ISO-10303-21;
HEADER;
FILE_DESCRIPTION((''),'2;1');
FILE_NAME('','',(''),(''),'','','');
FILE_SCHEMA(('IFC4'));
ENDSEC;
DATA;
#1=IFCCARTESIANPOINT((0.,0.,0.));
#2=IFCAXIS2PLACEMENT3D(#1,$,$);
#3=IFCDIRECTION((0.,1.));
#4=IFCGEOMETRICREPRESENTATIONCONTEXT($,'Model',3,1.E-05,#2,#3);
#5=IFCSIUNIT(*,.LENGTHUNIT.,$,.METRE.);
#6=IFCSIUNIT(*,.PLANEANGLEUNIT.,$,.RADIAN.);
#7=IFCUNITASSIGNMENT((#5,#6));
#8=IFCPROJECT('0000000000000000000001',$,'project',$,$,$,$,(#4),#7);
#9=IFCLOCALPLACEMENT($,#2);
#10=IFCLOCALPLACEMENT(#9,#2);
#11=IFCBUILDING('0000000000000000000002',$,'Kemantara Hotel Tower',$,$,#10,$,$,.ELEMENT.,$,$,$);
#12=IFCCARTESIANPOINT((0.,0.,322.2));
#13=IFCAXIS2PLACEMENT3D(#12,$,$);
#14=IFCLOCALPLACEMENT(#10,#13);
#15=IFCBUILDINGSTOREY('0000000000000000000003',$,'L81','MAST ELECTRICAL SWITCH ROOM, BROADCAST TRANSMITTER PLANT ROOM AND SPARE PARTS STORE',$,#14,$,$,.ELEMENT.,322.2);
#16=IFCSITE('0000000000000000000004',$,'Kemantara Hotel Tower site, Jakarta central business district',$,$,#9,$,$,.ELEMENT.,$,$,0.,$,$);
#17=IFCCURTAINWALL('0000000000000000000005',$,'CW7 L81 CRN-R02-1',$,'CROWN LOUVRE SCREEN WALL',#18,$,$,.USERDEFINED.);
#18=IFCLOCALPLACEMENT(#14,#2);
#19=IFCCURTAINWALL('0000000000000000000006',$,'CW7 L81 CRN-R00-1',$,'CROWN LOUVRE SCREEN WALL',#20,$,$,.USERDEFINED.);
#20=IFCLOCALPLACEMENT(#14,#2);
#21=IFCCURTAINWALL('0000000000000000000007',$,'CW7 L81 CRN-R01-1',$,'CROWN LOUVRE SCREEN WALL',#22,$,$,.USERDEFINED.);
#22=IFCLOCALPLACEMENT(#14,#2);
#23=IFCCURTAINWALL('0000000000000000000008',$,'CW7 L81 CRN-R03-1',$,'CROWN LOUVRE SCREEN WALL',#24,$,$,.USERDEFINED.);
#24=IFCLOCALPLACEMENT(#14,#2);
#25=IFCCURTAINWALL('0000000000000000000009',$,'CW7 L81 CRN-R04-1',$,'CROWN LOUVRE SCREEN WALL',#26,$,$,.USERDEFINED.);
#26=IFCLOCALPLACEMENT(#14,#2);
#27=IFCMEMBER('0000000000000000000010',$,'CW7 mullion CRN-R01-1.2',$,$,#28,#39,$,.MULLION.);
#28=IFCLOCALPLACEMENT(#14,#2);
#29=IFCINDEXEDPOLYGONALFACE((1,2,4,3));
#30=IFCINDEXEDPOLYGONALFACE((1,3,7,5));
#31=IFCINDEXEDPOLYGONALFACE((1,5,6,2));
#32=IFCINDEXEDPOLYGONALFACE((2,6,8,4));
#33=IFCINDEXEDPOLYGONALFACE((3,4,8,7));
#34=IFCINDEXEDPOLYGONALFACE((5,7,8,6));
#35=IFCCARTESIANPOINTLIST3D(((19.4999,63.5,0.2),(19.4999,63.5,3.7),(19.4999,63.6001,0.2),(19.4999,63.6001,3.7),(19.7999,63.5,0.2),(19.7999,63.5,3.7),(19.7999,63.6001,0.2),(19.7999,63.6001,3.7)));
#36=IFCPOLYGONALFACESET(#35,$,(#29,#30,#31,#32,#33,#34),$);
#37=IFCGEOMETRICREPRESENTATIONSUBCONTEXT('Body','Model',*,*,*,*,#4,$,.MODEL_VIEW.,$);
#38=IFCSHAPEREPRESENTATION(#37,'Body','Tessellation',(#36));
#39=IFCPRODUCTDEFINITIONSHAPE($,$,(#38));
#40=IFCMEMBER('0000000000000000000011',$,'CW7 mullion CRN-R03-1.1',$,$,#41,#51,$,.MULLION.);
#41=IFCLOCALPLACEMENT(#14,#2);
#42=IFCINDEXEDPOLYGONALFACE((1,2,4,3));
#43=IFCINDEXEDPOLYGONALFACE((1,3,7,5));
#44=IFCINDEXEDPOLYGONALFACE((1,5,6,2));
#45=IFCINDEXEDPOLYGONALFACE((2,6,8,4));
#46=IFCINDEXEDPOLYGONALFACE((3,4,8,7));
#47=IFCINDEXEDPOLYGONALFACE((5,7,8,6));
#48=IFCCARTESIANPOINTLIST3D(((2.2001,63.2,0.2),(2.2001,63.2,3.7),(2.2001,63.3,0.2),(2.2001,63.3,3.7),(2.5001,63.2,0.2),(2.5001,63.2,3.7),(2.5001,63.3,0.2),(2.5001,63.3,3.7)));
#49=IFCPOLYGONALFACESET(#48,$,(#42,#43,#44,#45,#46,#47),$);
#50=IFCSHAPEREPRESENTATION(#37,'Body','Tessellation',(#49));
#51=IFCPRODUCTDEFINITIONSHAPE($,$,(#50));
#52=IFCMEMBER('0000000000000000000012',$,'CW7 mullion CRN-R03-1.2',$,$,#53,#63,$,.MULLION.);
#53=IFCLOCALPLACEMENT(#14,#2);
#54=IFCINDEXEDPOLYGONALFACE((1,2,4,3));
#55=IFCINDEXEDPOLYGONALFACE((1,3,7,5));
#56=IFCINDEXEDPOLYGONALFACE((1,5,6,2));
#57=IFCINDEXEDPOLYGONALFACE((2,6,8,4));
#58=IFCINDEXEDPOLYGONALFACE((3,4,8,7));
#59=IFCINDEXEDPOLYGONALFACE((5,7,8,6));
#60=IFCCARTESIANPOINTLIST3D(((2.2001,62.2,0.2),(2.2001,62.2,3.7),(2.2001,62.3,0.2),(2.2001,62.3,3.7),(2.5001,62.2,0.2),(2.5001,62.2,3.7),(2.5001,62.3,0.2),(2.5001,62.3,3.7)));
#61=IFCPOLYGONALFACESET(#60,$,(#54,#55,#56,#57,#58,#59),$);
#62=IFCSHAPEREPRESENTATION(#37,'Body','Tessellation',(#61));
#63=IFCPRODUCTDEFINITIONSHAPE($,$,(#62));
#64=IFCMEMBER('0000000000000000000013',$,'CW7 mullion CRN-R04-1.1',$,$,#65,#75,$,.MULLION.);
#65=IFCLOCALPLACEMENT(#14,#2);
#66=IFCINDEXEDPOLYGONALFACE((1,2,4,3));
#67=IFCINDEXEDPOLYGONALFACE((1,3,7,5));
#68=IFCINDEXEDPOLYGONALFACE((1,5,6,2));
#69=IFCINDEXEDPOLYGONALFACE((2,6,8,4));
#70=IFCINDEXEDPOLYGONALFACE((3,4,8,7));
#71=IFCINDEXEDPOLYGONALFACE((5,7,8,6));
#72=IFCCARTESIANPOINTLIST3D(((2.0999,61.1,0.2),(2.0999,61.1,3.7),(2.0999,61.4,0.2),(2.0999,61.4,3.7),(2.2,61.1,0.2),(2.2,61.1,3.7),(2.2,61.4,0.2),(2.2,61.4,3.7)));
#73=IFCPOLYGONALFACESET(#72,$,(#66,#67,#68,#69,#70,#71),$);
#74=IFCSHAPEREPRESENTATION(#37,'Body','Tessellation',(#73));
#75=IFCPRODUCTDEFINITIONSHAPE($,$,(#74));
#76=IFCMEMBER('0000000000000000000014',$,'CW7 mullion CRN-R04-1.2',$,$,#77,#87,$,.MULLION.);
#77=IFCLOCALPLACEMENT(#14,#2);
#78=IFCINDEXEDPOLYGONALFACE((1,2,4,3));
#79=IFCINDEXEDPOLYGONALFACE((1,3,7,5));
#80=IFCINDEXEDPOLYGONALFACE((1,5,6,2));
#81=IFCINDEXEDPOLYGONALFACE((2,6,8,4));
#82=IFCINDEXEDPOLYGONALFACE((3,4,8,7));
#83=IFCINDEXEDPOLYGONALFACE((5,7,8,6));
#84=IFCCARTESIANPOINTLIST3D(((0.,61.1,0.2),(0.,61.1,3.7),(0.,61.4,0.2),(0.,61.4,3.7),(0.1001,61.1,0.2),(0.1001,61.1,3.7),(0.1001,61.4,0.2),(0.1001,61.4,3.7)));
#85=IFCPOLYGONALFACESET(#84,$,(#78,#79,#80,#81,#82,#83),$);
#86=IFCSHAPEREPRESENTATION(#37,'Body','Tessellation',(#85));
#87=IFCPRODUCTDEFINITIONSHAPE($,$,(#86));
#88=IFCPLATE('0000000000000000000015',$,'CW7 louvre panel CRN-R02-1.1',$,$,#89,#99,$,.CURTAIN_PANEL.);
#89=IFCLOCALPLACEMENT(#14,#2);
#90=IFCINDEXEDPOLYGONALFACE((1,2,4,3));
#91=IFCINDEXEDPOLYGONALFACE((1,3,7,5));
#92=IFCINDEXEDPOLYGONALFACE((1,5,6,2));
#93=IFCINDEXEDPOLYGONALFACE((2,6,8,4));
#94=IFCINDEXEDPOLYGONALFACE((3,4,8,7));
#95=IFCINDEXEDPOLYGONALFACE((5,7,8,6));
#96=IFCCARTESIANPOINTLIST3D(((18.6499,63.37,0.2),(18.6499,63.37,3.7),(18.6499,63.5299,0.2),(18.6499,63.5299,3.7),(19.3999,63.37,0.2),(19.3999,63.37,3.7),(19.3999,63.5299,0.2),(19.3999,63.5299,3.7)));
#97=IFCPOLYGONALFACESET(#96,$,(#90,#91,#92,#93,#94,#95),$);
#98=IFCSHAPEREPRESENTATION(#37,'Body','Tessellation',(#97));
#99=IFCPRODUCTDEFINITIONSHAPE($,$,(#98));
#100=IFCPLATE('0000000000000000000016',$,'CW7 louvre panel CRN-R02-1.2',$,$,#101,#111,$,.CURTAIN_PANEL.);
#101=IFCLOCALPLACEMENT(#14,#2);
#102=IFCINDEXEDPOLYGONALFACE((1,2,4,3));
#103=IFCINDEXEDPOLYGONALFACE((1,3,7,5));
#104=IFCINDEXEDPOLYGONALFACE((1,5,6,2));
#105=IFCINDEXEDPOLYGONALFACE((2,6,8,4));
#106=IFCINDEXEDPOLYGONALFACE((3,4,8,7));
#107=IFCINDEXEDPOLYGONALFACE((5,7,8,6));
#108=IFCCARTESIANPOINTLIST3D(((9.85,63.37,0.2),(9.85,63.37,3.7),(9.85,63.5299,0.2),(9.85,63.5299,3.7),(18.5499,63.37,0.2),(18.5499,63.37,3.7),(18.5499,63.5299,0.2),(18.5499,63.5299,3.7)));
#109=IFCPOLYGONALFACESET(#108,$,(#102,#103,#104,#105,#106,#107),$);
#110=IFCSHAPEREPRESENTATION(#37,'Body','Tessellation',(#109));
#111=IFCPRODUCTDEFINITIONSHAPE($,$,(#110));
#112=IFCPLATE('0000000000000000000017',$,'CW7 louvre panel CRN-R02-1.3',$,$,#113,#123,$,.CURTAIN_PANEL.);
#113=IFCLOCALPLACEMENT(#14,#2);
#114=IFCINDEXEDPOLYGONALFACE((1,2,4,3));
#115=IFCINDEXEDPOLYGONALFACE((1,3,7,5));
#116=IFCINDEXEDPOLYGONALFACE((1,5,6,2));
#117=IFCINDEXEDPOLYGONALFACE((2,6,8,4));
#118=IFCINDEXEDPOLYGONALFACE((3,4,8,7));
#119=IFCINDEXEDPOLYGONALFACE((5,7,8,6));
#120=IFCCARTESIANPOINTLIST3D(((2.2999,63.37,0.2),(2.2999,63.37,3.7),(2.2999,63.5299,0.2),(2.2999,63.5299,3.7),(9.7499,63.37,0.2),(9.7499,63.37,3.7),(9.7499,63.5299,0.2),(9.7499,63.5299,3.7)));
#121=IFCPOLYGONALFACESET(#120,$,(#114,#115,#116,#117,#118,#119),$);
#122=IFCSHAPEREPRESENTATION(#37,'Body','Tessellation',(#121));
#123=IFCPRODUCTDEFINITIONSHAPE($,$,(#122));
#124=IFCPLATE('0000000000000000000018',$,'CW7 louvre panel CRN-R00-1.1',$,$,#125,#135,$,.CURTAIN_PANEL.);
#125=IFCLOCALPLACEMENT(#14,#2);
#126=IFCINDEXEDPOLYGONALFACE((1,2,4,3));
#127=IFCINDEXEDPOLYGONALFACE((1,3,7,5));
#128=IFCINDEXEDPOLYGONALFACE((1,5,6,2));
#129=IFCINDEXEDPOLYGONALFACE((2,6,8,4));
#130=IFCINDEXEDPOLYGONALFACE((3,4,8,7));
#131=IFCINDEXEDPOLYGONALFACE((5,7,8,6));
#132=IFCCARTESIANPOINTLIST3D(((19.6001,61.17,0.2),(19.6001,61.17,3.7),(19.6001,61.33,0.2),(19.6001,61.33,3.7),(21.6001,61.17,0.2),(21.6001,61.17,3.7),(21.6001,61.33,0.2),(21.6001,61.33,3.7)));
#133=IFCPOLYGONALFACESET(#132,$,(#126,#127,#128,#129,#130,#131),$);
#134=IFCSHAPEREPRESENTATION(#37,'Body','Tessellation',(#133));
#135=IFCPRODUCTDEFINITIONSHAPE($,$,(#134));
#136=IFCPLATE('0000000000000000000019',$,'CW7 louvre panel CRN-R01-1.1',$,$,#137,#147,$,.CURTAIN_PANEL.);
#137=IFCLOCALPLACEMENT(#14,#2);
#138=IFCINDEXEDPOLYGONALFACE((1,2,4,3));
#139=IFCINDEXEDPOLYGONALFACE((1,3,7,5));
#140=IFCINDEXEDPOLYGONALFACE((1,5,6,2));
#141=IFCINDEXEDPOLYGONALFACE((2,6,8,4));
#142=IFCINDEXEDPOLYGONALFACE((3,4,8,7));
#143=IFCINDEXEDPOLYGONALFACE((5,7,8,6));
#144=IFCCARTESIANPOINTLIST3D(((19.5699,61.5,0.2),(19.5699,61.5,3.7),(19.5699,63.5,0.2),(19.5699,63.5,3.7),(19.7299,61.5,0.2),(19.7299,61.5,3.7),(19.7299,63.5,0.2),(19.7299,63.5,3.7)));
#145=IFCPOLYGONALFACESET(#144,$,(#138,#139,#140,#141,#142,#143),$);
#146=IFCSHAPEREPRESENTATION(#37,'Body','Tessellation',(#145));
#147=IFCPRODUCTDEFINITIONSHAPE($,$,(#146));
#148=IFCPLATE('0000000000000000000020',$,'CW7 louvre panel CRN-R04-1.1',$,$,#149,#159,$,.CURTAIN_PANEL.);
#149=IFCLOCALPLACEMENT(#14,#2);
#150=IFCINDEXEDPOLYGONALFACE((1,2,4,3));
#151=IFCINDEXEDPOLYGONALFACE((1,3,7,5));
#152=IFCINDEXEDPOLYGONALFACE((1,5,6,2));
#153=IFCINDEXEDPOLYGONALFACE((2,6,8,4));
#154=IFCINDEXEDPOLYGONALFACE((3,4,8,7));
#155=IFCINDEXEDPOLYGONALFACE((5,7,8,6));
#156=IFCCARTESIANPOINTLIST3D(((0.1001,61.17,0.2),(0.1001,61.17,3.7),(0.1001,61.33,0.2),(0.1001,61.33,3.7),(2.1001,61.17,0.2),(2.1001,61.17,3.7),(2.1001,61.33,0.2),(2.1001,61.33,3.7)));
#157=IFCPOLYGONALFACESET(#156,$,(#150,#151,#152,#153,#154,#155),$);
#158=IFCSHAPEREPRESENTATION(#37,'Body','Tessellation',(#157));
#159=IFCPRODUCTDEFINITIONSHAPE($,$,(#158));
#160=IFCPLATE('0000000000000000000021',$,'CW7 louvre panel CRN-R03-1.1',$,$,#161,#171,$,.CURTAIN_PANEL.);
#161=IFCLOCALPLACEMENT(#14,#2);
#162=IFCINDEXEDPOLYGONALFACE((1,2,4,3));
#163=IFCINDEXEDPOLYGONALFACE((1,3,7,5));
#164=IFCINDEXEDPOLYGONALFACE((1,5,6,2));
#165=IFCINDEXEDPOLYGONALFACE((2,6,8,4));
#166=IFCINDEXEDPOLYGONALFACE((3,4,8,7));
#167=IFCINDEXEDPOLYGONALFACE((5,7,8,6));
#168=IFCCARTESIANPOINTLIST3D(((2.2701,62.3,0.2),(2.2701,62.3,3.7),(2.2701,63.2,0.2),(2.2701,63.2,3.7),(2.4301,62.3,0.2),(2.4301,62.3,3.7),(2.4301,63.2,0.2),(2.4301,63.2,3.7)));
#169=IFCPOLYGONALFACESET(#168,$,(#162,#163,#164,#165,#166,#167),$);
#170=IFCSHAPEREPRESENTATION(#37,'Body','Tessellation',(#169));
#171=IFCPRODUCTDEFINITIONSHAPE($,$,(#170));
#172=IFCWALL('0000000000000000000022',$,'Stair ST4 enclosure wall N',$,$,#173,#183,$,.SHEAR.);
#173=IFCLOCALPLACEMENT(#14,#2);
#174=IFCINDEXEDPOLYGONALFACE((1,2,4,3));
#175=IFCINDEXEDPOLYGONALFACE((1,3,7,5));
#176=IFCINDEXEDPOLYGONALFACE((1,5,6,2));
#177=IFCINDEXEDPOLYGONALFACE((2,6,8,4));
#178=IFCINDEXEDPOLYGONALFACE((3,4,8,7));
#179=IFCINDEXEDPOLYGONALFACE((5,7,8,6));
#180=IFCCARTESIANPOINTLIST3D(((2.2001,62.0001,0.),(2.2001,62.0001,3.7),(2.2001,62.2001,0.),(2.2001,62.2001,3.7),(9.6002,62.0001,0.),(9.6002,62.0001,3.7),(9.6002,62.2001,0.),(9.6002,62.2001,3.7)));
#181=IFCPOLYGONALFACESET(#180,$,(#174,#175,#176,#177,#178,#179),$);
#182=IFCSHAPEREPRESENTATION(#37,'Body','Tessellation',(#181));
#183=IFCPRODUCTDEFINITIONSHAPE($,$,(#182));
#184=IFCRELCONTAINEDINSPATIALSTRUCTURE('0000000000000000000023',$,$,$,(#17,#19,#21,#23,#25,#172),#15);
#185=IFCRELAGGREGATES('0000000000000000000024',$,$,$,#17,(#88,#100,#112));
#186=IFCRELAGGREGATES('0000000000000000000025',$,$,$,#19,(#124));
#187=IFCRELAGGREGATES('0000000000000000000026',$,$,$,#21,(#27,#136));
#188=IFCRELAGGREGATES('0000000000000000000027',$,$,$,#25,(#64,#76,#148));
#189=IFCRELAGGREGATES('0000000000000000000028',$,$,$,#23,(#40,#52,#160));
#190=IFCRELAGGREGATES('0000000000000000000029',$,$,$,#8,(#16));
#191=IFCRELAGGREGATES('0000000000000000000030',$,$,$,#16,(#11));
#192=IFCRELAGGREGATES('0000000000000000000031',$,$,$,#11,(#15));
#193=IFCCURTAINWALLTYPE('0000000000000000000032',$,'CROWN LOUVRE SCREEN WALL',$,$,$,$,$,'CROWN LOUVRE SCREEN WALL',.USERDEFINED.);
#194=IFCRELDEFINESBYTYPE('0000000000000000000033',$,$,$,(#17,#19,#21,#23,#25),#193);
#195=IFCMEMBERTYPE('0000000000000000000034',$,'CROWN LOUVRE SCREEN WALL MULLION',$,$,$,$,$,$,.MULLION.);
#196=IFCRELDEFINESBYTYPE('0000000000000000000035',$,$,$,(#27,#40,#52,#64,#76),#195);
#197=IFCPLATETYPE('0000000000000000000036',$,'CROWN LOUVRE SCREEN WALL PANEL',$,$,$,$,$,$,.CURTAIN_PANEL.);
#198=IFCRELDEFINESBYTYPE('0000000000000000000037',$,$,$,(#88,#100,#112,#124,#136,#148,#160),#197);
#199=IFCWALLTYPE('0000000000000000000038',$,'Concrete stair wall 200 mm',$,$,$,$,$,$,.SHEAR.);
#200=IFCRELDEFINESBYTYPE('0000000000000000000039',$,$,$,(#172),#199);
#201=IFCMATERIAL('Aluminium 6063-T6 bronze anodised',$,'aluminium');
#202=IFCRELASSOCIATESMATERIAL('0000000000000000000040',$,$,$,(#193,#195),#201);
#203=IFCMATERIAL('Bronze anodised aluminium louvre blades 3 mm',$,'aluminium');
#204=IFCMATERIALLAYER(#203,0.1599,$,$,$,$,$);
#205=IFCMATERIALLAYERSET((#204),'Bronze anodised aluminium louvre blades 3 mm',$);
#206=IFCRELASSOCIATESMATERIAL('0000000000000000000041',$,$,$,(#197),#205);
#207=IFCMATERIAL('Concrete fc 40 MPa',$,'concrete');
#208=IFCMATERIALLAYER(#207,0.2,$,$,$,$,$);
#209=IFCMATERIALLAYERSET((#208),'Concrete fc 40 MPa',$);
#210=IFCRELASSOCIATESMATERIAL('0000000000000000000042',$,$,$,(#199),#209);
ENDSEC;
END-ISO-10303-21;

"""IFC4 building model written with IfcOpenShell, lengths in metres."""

from ifc_helpers import new_model, si_unit, direction, frame, frame_2d, origin, origin_2d, place, context, subcontext, project, spatial, rectangle, extrude, source, transform, mapped, material, layer, layer_set, material_profile, profile_set, type_object, element, aggregate, save


model = new_model("IFC4")

# Units and contexts
model_context = context("Model", 3, precision=1e-05, world=origin(), true_north=direction((0.0, 1.0)))
body_context = subcontext(model_context, "Body", "Model", "MODEL_VIEW")
ifc_project = project(units=[si_unit("LENGTHUNIT", "METRE"), si_unit("PLANEANGLEUNIT", "RADIAN")], contexts=[model_context])

# Site, building, storey
site_placement = place(None, origin())
site = spatial("IfcSite", under=ifc_project, at=site_placement, Name="Kemantara Hotel Tower site, Jakarta central business district", CompositionType="ELEMENT", RefElevation=0.0)
building_placement = place(site_placement, origin())
building = spatial("IfcBuilding", under=site, at=building_placement, Name="Kemantara Hotel Tower", CompositionType="ELEMENT")
storey_placement = place(building_placement, frame((0.0, 0.0, 322.2)))
storey = spatial("IfcBuildingStorey", under=building, at=storey_placement, Name="L81", Description="MAST ELECTRICAL SWITCH ROOM, BROADCAST TRANSMITTER PLANT ROOM AND SPARE PARTS STORE", CompositionType="ELEMENT", Elevation=322.2)

# Curtain walls
ifc_material_1 = material(Name="Aluminium 6063-T6 bronze anodised", Category="aluminium")
curtain_wall_type = type_object("IfcCurtainWallType", Name="CROWN LOUVRE SCREEN WALL", ElementType="CROWN LOUVRE SCREEN WALL", PredefinedType="USERDEFINED", material=ifc_material_1)
curtain_wall_1_placement = place(storey_placement, origin())
curtain_wall_1 = element("IfcCurtainWall", 1, at=curtain_wall_1_placement, inside=storey, type_object=curtain_wall_type, Name="CW7 L81 CRN-R02-1", ObjectType="CROWN LOUVRE SCREEN WALL", PredefinedType="USERDEFINED")
curtain_wall_2_placement = place(storey_placement, origin())
curtain_wall_2 = element("IfcCurtainWall", 2, at=curtain_wall_2_placement, inside=storey, type_object=curtain_wall_type, Name="CW7 L81 CRN-R00-1", ObjectType="CROWN LOUVRE SCREEN WALL", PredefinedType="USERDEFINED")
curtain_wall_3_placement = place(storey_placement, origin())
curtain_wall_3 = element("IfcCurtainWall", 3, at=curtain_wall_3_placement, inside=storey, type_object=curtain_wall_type, Name="CW7 L81 CRN-R01-1", ObjectType="CROWN LOUVRE SCREEN WALL", PredefinedType="USERDEFINED")
curtain_wall_4_placement = place(storey_placement, origin())
curtain_wall_4 = element("IfcCurtainWall", 4, at=curtain_wall_4_placement, inside=storey, type_object=curtain_wall_type, Name="CW7 L81 CRN-R03-1", ObjectType="CROWN LOUVRE SCREEN WALL", PredefinedType="USERDEFINED")
curtain_wall_5_placement = place(storey_placement, origin())
curtain_wall_5 = element("IfcCurtainWall", 5, at=curtain_wall_5_placement, inside=storey, type_object=curtain_wall_type, Name="CW7 L81 CRN-R04-1", ObjectType="CROWN LOUVRE SCREEN WALL", PredefinedType="USERDEFINED")

# Shared definitions
ifc_material_profile_1 = material_profile(ifc_material_1, rectangle(XDim=0.3, YDim=0.1001, at=origin_2d()), Name="CROWN LOUVRE SCREEN WALL MULLION")
ifc_profile_set_1 = profile_set([ifc_material_profile_1], Name="Aluminium 6063-T6 bronze anodised")
member_type_1 = type_object("IfcMemberType", Name="CROWN LOUVRE SCREEN WALL MULLION", PredefinedType="MULLION", material=ifc_profile_set_1)
shared_shape_1 = source(origin(), body_context, "Body", "SweptSolid", [
    extrude(rectangle(XDim=0.3, YDim=0.1001, at=origin_2d()), origin(), (0.0, 0.0, 1.0), 3.5),
])

# Members
member_1_placement = place(storey_placement, frame((19.6499, 63.55, 0.2), z_axis=(0.0, 0.0, 1.0), x_axis=(-1.0, 0.0, 0.0)))
member_1 = element("IfcMember", 6, at=member_1_placement, type_object=member_type_1, Name="CW7 mullion CRN-R01-1.2", PredefinedType="MULLION", context=body_context, shape_type="MappedRepresentation", body=[
    mapped(shared_shape_1, transform((0.0, 0.0, 0.0))),
])
member_2_placement = place(storey_placement, frame((2.3501, 63.25, 0.2), z_axis=(0.0, 0.0, 1.0), x_axis=(1.0, 0.0, 0.0)))
member_2 = element("IfcMember", 7, at=member_2_placement, type_object=member_type_1, Name="CW7 mullion CRN-R03-1.1", PredefinedType="MULLION", context=body_context, shape_type="MappedRepresentation", body=[
    mapped(shared_shape_1, transform((0.0, 0.0, 0.0))),
])
member_3_placement = place(storey_placement, frame((2.3501, 62.25, 0.2), z_axis=(0.0, 0.0, 1.0), x_axis=(1.0, 0.0, 0.0)))
member_3 = element("IfcMember", 8, at=member_3_placement, type_object=member_type_1, Name="CW7 mullion CRN-R03-1.2", PredefinedType="MULLION", context=body_context, shape_type="MappedRepresentation", body=[
    mapped(shared_shape_1, transform((0.0, 0.0, 0.0))),
])
member_4_placement = place(storey_placement, frame((2.1499, 61.25, 0.2), z_axis=(0.0, 0.0, 1.0), x_axis=(0.0, -1.0, 0.0)))
member_4 = element("IfcMember", 9, at=member_4_placement, type_object=member_type_1, Name="CW7 mullion CRN-R04-1.1", PredefinedType="MULLION", context=body_context, shape_type="MappedRepresentation", body=[
    mapped(shared_shape_1, transform((0.0, 0.0, 0.0))),
])
member_5_placement = place(storey_placement, frame((0.05, 61.25, 0.2), z_axis=(0.0, 0.0, 1.0), x_axis=(0.0, -1.0, 0.0)))
member_5 = element("IfcMember", 10, at=member_5_placement, type_object=member_type_1, Name="CW7 mullion CRN-R04-1.2", PredefinedType="MULLION", context=body_context, shape_type="MappedRepresentation", body=[
    mapped(shared_shape_1, transform((0.0, 0.0, 0.0))),
])

# Plates
ifc_material_2 = material(Name="Bronze anodised aluminium louvre blades 3 mm", Category="aluminium")
ifc_layer_1 = layer(ifc_material_2, 0.1599)
ifc_layer_set_1 = layer_set([ifc_layer_1], Name="Bronze anodised aluminium louvre blades 3 mm")
plate_type = type_object("IfcPlateType", Name="CROWN LOUVRE SCREEN WALL PANEL", PredefinedType="CURTAIN_PANEL", material=ifc_layer_set_1)
shared_shape_2 = source(origin(), body_context, "Body", "SweptSolid", [
    extrude(rectangle(XDim=0.75, YDim=0.1599, at=origin_2d()), origin(), (0.0, 0.0, 1.0), 3.5),
])
plate_1_placement = place(storey_placement, frame((19.0249, 63.45, 0.2), z_axis=(0.0, 0.0, 1.0), x_axis=(-1.0, 0.0, 0.0)))
plate_1 = element("IfcPlate", 11, at=plate_1_placement, type_object=plate_type, Name="CW7 louvre panel CRN-R02-1.1", PredefinedType="CURTAIN_PANEL", context=body_context, shape_type="MappedRepresentation", body=[
    mapped(shared_shape_2, transform((0.0, 0.0, 0.0))),
])
shared_shape_3 = source(origin(), body_context, "Body", "SweptSolid", [
    extrude(rectangle(XDim=8.7, YDim=0.1599, at=origin_2d()), origin(), (0.0, 0.0, 1.0), 3.5),
])
plate_2_placement = place(storey_placement, frame((14.2, 63.45, 0.2), z_axis=(0.0, 0.0, 1.0), x_axis=(-1.0, 0.0, 0.0)))
plate_2 = element("IfcPlate", 12, at=plate_2_placement, type_object=plate_type, Name="CW7 louvre panel CRN-R02-1.2", PredefinedType="CURTAIN_PANEL", context=body_context, shape_type="MappedRepresentation", body=[
    mapped(shared_shape_3, transform((0.0, 0.0, 0.0))),
])
shared_shape_4 = source(origin(), body_context, "Body", "SweptSolid", [
    extrude(rectangle(XDim=7.45, YDim=0.1599, at=origin_2d()), origin(), (0.0, 0.0, 1.0), 3.5),
])
plate_3_placement = place(storey_placement, frame((6.0249, 63.45, 0.2), z_axis=(0.0, 0.0, 1.0), x_axis=(-1.0, 0.0, 0.0)))
plate_3 = element("IfcPlate", 13, at=plate_3_placement, type_object=plate_type, Name="CW7 louvre panel CRN-R02-1.3", PredefinedType="CURTAIN_PANEL", context=body_context, shape_type="MappedRepresentation", body=[
    mapped(shared_shape_4, transform((0.0, 0.0, 0.0))),
])
aggregate(curtain_wall_1, [plate_1, plate_2, plate_3])
shared_shape_5 = source(origin(), body_context, "Body", "SweptSolid", [
    extrude(rectangle(XDim=2.0, YDim=0.1599, at=origin_2d()), origin(), (0.0, 0.0, 1.0), 3.5),
])
plate_4_placement = place(storey_placement, frame((20.6001, 61.25, 0.2), z_axis=(0.0, 0.0, 1.0), x_axis=(-1.0, 0.0, 0.0)))
plate_4 = element("IfcPlate", 14, at=plate_4_placement, type_object=plate_type, Name="CW7 louvre panel CRN-R00-1.1", PredefinedType="CURTAIN_PANEL", context=body_context, shape_type="MappedRepresentation", body=[
    mapped(shared_shape_5, transform((0.0, 0.0, 0.0))),
])
aggregate(curtain_wall_2, [plate_4])
plate_5_placement = place(storey_placement, frame((19.6499, 62.5, 0.2), z_axis=(0.0, 0.0, 1.0), x_axis=(0.0, 1.0, 0.0)))
plate_5 = element("IfcPlate", 15, at=plate_5_placement, type_object=plate_type, Name="CW7 louvre panel CRN-R01-1.1", PredefinedType="CURTAIN_PANEL", context=body_context, shape_type="MappedRepresentation", body=[
    mapped(shared_shape_5, transform((0.0, 0.0, 0.0))),
])
aggregate(curtain_wall_3, [member_1, plate_5])
plate_6_placement = place(storey_placement, frame((1.1001, 61.25, 0.2), z_axis=(0.0, 0.0, 1.0), x_axis=(-1.0, 0.0, 0.0)))
plate_6 = element("IfcPlate", 16, at=plate_6_placement, type_object=plate_type, Name="CW7 louvre panel CRN-R04-1.1", PredefinedType="CURTAIN_PANEL", context=body_context, shape_type="MappedRepresentation", body=[
    mapped(shared_shape_5, transform((0.0, 0.0, 0.0))),
])
aggregate(curtain_wall_5, [member_4, member_5, plate_6])
shared_shape_6 = source(origin(), body_context, "Body", "SweptSolid", [
    extrude(rectangle(XDim=0.8999, YDim=0.1599, at=origin_2d()), origin(), (0.0, 0.0, 1.0), 3.5),
])
plate_7_placement = place(storey_placement, frame((2.3501, 62.75, 0.2), z_axis=(0.0, 0.0, 1.0), x_axis=(0.0, -1.0, 0.0)))
plate_7 = element("IfcPlate", 17, at=plate_7_placement, type_object=plate_type, Name="CW7 louvre panel CRN-R03-1.1", PredefinedType="CURTAIN_PANEL", context=body_context, shape_type="MappedRepresentation", body=[
    mapped(shared_shape_6, transform((0.0, 0.0, 0.0))),
])
aggregate(curtain_wall_4, [member_2, member_3, plate_7])

# Wall
ifc_material_3 = material(Name="Concrete fc 40 MPa", Category="concrete")
ifc_layer_2 = layer(ifc_material_3, 0.2)
ifc_layer_set_2 = layer_set([ifc_layer_2], Name="Concrete fc 40 MPa")
wall_type = type_object("IfcWallType", Name="Concrete stair wall 200 mm", PredefinedType="SHEAR", material=ifc_layer_set_2)
wall_placement = place(storey_placement, frame((2.2, 62.1001, 0.0), z_axis=(0.0, 0.0, 1.0), x_axis=(1.0, 0.0, 0.0)))
element("IfcWall", 18, at=wall_placement, inside=storey, type_object=wall_type, Name="Stair ST4 enclosure wall N", PredefinedType="SHEAR", context=body_context, shape_type="SweptSolid", body=[
    extrude(rectangle(XDim=7.4001, YDim=0.2, at=frame_2d((3.7002, 0.0))), origin(), (0.0, 0.0, 1.0), 3.7),
])

save(model, "model.ifc")
